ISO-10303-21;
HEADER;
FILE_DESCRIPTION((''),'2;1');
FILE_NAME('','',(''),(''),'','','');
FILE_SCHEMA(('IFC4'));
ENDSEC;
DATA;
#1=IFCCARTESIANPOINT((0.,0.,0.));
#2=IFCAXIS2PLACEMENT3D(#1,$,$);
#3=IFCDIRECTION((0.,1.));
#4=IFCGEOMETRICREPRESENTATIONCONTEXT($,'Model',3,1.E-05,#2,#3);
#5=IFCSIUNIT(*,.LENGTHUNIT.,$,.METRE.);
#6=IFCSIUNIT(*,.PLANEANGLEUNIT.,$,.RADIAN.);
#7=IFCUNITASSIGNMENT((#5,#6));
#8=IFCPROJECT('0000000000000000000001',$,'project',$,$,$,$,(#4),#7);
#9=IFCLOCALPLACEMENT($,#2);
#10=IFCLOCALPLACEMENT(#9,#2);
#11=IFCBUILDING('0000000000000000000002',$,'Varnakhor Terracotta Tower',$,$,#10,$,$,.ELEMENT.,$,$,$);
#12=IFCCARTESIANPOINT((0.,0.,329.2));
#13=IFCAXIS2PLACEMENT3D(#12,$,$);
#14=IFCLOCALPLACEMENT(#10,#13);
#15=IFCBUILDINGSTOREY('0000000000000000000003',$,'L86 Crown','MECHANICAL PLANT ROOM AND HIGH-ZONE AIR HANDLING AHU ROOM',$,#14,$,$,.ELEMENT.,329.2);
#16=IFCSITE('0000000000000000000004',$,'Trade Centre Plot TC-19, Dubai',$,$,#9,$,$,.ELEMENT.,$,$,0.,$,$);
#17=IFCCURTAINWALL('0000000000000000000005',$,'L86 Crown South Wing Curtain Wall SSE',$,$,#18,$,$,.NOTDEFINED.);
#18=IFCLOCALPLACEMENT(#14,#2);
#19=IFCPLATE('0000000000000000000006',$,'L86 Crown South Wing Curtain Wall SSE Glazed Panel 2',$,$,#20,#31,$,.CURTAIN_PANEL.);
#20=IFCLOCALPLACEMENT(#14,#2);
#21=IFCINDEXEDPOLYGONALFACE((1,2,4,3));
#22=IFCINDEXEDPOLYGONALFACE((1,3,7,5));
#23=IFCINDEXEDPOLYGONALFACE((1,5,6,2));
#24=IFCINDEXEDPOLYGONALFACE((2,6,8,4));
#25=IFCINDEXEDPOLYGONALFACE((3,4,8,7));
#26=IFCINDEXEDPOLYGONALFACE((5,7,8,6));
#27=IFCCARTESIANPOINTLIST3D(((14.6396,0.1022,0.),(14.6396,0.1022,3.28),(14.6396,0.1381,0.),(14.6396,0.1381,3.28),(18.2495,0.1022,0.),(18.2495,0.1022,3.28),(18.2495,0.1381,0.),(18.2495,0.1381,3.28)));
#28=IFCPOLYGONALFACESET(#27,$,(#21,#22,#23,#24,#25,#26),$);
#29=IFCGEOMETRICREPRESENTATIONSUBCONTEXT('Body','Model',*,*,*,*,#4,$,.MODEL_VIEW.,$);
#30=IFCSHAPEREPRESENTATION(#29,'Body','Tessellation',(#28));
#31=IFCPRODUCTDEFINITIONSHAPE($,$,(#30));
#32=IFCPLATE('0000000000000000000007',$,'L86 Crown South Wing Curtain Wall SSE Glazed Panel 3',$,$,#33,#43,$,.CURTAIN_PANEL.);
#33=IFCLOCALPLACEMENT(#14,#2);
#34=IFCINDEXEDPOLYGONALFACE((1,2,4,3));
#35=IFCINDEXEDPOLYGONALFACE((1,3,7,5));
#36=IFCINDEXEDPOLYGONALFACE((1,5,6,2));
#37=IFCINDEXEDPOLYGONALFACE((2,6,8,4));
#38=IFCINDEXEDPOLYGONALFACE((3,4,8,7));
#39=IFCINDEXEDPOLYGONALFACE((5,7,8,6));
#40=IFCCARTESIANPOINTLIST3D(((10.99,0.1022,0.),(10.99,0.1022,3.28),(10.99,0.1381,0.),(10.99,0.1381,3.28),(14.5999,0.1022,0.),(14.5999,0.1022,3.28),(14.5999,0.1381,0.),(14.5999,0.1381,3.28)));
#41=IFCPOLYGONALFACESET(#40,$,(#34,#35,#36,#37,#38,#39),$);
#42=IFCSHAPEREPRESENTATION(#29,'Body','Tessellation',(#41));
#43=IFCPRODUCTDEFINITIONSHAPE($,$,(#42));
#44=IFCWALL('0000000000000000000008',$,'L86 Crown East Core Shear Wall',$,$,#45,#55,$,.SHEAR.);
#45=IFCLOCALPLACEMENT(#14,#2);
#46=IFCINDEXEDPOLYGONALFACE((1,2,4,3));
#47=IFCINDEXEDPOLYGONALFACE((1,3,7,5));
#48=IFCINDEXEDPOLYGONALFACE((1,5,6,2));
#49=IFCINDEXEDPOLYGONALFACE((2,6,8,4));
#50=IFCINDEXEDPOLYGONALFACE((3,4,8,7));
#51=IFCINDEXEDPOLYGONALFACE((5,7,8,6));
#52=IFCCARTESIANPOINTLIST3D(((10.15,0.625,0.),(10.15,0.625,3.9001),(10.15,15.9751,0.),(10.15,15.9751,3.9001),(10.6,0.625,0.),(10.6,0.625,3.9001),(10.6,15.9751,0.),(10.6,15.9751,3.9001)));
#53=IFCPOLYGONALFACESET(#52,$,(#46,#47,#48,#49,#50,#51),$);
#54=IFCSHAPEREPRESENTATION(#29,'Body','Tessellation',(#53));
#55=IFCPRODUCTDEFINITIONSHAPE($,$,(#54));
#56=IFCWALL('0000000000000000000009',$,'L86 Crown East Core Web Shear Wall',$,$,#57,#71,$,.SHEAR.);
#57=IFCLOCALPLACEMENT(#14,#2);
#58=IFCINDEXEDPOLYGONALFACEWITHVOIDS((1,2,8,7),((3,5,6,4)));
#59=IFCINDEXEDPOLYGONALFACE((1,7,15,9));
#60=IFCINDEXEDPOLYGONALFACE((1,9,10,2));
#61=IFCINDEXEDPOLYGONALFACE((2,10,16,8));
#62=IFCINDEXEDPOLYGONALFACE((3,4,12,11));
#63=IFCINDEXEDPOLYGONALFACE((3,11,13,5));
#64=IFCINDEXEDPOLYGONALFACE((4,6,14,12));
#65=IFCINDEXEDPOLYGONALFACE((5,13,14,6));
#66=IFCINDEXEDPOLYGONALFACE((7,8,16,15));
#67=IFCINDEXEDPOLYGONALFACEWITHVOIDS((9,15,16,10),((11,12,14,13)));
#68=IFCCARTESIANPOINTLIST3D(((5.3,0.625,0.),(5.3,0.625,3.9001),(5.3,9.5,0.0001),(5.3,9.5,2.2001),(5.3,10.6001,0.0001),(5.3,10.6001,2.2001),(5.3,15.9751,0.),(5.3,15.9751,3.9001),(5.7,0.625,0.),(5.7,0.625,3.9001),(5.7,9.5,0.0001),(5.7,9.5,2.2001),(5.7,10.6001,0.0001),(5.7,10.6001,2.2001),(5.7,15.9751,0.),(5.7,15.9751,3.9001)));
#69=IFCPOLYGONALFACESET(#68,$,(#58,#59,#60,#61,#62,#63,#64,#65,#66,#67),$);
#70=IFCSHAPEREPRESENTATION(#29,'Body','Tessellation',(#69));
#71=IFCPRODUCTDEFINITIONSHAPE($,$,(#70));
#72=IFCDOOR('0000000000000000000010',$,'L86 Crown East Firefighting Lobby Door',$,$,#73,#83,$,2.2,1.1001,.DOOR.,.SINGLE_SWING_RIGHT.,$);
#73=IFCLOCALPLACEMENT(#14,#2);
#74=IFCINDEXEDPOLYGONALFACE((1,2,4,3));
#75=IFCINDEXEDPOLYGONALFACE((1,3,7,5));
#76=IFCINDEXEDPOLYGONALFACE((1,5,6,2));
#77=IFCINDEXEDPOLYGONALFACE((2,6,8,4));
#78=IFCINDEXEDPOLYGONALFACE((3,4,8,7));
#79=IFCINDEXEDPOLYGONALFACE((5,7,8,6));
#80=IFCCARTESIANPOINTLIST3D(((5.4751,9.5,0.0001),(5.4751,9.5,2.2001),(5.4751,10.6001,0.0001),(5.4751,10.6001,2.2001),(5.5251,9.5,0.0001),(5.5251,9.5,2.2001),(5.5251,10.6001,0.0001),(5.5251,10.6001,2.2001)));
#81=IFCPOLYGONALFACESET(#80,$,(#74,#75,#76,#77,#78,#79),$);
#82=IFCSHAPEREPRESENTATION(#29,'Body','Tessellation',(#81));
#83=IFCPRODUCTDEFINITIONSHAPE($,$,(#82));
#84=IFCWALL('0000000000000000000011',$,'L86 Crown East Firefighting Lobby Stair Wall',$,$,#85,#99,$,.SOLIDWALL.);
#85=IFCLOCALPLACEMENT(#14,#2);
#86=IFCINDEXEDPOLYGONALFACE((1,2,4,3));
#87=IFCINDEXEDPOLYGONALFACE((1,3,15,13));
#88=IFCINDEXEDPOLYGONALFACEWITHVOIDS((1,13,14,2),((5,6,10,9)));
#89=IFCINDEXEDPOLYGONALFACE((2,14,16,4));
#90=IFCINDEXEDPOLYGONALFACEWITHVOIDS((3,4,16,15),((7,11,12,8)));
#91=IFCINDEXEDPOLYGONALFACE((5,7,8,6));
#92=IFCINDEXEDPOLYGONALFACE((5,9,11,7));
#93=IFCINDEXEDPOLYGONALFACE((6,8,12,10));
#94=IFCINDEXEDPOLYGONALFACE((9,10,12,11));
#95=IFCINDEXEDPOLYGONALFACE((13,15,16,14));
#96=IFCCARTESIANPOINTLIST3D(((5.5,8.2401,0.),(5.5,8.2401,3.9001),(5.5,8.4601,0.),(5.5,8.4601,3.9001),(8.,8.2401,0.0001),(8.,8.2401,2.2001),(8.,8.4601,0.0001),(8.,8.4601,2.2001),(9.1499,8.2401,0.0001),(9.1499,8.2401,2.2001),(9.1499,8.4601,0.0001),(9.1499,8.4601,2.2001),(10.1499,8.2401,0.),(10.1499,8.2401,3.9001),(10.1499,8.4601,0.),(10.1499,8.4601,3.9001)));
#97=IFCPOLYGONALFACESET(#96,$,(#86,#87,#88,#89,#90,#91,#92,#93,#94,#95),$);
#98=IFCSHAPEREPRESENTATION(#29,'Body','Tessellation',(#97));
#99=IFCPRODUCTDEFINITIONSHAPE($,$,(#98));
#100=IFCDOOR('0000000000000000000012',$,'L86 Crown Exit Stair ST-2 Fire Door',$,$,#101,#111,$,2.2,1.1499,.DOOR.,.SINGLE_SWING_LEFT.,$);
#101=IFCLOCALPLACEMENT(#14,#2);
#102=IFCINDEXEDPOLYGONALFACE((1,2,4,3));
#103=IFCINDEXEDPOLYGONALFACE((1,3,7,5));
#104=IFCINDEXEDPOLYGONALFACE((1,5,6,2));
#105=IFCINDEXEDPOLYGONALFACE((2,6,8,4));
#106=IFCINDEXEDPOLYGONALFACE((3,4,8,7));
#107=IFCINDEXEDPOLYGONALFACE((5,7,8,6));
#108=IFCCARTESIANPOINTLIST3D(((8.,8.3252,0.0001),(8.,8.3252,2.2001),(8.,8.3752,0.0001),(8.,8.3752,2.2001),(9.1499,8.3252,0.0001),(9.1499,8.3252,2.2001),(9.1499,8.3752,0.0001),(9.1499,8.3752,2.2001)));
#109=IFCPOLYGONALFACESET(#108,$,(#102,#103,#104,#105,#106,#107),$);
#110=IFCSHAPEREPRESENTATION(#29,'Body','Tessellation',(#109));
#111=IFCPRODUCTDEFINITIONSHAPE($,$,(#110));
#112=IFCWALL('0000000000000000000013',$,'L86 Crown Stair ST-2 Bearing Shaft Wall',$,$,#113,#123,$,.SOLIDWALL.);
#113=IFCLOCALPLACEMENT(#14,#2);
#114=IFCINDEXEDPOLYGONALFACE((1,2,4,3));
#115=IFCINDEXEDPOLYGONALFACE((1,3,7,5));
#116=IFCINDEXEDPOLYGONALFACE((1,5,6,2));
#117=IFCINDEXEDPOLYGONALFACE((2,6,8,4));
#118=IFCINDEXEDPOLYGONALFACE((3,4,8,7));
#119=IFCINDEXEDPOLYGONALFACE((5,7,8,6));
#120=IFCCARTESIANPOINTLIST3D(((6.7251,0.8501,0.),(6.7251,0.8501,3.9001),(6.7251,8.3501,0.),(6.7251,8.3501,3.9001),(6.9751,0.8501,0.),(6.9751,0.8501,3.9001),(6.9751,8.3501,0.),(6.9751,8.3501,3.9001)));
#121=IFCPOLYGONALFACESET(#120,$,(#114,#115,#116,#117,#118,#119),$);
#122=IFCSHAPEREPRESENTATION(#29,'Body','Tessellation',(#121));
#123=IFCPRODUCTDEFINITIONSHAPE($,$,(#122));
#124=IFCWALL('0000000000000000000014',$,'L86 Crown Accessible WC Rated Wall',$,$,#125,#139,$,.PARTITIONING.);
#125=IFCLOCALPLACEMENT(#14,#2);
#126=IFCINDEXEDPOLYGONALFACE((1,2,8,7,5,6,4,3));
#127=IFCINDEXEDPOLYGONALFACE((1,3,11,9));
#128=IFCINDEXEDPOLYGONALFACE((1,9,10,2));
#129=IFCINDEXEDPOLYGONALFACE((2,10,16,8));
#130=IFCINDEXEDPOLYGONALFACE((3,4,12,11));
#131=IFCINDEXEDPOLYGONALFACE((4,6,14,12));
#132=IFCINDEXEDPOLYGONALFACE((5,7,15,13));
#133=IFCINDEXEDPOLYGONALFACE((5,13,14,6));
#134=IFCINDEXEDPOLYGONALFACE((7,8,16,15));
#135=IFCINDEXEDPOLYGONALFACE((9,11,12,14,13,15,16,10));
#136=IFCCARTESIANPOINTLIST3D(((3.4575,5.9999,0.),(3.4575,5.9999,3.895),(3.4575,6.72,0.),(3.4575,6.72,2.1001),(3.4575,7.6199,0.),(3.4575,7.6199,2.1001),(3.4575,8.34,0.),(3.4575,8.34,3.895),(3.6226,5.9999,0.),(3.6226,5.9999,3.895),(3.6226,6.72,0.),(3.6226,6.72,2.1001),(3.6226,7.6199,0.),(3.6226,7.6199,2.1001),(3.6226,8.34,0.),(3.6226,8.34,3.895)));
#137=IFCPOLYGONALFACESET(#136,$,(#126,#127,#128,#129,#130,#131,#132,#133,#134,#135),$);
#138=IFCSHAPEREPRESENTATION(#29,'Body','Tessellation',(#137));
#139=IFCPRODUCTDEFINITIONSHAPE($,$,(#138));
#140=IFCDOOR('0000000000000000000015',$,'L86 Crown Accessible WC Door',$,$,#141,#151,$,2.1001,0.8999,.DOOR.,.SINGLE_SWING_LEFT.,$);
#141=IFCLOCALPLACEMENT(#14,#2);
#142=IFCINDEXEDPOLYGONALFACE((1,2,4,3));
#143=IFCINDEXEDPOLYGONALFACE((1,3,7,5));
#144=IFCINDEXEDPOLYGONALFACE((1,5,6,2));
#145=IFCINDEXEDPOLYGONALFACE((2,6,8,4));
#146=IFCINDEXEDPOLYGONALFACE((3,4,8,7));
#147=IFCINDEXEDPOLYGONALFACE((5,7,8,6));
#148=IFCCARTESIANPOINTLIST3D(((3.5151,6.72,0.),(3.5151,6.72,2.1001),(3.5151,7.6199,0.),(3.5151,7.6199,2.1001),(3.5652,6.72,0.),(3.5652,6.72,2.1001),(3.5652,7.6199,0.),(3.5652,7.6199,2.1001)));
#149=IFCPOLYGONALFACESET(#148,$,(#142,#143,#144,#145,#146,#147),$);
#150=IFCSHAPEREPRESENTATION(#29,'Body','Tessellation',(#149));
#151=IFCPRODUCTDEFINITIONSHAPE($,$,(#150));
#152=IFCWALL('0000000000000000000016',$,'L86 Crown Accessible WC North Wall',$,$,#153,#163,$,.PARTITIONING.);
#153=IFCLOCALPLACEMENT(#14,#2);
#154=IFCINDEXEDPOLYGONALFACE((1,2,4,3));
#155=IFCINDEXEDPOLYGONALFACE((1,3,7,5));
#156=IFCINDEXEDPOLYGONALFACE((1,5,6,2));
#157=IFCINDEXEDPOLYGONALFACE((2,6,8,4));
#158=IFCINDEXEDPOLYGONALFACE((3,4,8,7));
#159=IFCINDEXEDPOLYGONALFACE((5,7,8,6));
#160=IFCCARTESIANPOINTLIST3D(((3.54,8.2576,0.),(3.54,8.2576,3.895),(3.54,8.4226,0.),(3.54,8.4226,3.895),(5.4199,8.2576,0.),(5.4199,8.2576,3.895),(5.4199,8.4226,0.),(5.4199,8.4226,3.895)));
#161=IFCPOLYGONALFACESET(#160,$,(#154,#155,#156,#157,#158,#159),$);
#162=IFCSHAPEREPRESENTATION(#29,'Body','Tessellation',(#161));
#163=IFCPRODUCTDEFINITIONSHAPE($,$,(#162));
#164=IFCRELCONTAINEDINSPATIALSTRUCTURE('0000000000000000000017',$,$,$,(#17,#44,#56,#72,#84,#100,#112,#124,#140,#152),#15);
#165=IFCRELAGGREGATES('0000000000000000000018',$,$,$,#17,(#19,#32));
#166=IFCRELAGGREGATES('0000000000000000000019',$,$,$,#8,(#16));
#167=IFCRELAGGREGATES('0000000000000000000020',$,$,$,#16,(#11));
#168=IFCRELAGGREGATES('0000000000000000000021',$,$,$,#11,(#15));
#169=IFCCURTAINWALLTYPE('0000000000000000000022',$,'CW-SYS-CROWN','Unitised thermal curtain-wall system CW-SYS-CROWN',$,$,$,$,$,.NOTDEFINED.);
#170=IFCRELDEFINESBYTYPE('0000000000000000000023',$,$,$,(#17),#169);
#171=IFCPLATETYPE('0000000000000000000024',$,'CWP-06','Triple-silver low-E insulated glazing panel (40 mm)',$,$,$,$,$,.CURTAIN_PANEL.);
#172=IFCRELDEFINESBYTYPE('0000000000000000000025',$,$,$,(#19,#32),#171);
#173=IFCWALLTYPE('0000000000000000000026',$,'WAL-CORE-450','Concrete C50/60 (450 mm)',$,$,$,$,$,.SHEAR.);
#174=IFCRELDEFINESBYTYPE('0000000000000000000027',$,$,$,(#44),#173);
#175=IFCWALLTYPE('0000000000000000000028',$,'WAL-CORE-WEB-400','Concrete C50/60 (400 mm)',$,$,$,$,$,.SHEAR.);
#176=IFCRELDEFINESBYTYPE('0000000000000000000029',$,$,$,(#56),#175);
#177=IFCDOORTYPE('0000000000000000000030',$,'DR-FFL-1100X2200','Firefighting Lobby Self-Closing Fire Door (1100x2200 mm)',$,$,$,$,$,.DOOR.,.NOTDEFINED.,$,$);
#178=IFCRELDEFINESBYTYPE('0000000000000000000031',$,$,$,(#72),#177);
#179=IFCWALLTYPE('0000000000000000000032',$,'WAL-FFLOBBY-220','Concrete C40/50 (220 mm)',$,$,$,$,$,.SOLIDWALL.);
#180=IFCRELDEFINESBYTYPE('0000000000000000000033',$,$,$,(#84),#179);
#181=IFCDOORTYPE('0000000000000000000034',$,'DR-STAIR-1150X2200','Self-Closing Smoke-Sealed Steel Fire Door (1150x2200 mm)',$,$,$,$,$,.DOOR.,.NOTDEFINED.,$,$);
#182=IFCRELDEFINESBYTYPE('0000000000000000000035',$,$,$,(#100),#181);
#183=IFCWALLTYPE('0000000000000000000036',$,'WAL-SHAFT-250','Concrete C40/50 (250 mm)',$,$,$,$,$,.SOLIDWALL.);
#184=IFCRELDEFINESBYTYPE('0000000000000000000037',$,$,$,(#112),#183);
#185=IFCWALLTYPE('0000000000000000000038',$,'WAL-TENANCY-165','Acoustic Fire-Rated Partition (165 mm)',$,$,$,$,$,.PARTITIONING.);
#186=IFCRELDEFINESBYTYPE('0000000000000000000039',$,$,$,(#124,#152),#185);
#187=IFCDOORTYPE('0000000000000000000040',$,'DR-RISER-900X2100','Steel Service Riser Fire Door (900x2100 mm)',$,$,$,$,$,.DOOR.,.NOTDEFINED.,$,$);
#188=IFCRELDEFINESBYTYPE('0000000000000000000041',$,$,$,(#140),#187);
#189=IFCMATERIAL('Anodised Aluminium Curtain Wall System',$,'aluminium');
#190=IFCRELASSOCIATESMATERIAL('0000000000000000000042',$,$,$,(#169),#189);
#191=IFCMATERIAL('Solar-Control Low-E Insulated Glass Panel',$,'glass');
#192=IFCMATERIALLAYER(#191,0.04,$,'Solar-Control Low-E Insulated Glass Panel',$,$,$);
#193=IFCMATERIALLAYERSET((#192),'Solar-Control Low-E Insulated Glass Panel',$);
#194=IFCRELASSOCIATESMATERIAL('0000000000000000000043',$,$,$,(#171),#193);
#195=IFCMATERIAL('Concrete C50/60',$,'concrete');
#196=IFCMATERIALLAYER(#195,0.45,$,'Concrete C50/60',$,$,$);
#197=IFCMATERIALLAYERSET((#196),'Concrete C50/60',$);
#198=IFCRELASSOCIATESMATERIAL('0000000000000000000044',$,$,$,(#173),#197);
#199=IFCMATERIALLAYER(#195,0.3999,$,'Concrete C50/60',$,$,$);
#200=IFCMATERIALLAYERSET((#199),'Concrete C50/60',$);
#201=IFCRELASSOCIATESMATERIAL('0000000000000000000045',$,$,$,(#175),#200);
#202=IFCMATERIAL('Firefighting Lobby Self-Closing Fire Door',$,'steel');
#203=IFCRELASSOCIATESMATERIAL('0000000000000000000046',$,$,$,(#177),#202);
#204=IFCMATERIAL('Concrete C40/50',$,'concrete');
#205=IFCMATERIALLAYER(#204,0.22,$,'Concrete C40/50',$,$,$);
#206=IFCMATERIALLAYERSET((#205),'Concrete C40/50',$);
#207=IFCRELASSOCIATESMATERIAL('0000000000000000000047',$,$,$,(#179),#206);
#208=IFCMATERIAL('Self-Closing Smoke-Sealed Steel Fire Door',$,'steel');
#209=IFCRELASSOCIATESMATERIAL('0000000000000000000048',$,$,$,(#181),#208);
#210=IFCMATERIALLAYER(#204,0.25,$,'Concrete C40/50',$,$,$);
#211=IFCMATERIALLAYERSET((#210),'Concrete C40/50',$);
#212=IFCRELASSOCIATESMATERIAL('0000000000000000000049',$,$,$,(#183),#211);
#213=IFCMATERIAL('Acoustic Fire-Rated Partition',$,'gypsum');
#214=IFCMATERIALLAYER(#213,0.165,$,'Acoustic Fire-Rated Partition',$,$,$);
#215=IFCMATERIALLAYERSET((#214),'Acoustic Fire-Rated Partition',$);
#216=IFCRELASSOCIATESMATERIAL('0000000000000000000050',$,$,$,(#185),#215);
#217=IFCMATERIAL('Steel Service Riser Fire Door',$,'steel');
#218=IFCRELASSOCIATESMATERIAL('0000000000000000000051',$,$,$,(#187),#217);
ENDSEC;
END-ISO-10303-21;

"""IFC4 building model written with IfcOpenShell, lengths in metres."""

from ifc_helpers import new_model, si_unit, direction, frame, frame_2d, origin, origin_2d, place, context, subcontext, project, spatial, rectangle, extrude, source, transform, mapped, material, layer, layer_set, type_object, type_shapes, element, fill, aggregate, save


model = new_model("IFC4")

# Units and contexts
model_context = context("Model", 3, precision=1e-05, world=origin(), true_north=direction((0.0, 1.0)))
body_context = subcontext(model_context, "Body", "Model", "MODEL_VIEW")
ifc_project = project(units=[si_unit("LENGTHUNIT", "METRE"), si_unit("PLANEANGLEUNIT", "RADIAN")], contexts=[model_context])

# Site, building, storey
site_placement = place(None, origin())
site = spatial("IfcSite", under=ifc_project, at=site_placement, Name="Trade Centre Plot TC-19, Dubai", CompositionType="ELEMENT", RefElevation=0.0)
building_placement = place(site_placement, origin())
building = spatial("IfcBuilding", under=site, at=building_placement, Name="Varnakhor Terracotta Tower", CompositionType="ELEMENT")
storey_placement = place(building_placement, frame((0.0, 0.0, 329.2)))
storey = spatial("IfcBuildingStorey", under=building, at=storey_placement, Name="L86 Crown", Description="MECHANICAL PLANT ROOM AND HIGH-ZONE AIR HANDLING AHU ROOM", CompositionType="ELEMENT", Elevation=329.2)

# Shared definitions
ifc_material_1 = material(Name="Concrete C50/60", Category="concrete")

# Curtain wall
ifc_material_2 = material(Name="Anodised Aluminium Curtain Wall System", Category="aluminium")
curtain_wall_type = type_object("IfcCurtainWallType", Name="CW-SYS-CROWN", Description="Unitised thermal curtain-wall system CW-SYS-CROWN", PredefinedType="NOTDEFINED", material=ifc_material_2)
curtain_wall_placement = place(storey_placement, origin())
curtain_wall = element("IfcCurtainWall", 1, at=curtain_wall_placement, inside=storey, type_object=curtain_wall_type, Name="L86 Crown South Wing Curtain Wall SSE", PredefinedType="NOTDEFINED")

# Shared definitions
ifc_material_3 = material(Name="Concrete C40/50", Category="concrete")

# Plates
ifc_material_4 = material(Name="Solar-Control Low-E Insulated Glass Panel", Category="glass")
ifc_layer_1 = layer(ifc_material_4, 0.04, Name="Solar-Control Low-E Insulated Glass Panel")
ifc_layer_set_1 = layer_set([ifc_layer_1], Name="Solar-Control Low-E Insulated Glass Panel")
plate_type = type_object("IfcPlateType", Name="CWP-06", Description="Triple-silver low-E insulated glazing panel (40 mm)", PredefinedType="CURTAIN_PANEL", material=ifc_layer_set_1)
shared_shape_1 = source(origin(), body_context, "Body", "SweptSolid", [
    extrude(rectangle(XDim=3.6099, YDim=0.0359, at=origin_2d()), origin(), (0.0, 0.0, 1.0), 3.28),
])
plate_1_placement = place(storey_placement, frame((16.4446, 0.1201, 0.0), z_axis=(0.0, 0.0, 1.0), x_axis=(-1.0, 0.0, 0.0)))
plate_1 = element("IfcPlate", 2, at=plate_1_placement, type_object=plate_type, Name="L86 Crown South Wing Curtain Wall SSE Glazed Panel 2", PredefinedType="CURTAIN_PANEL", context=body_context, shape_type="MappedRepresentation", body=[
    mapped(shared_shape_1, transform((0.0, 0.0, 0.0), scale=1.0)),
])
plate_2_placement = place(storey_placement, frame((12.7949, 0.1201, 0.0), z_axis=(0.0, 0.0, 1.0), x_axis=(-1.0, 0.0, 0.0)))
plate_2 = element("IfcPlate", 3, at=plate_2_placement, type_object=plate_type, Name="L86 Crown South Wing Curtain Wall SSE Glazed Panel 3", PredefinedType="CURTAIN_PANEL", context=body_context, shape_type="MappedRepresentation", body=[
    mapped(shared_shape_1, transform((0.0, 0.0, 0.0), scale=1.0)),
])
aggregate(curtain_wall, [plate_1, plate_2])

# Wall
ifc_layer_2 = layer(ifc_material_1, 0.45, Name="Concrete C50/60")
ifc_layer_set_2 = layer_set([ifc_layer_2], Name="Concrete C50/60")
wall_type_1 = type_object("IfcWallType", Name="WAL-CORE-450", Description="Concrete C50/60 (450 mm)", PredefinedType="SHEAR", material=ifc_layer_set_2)
wall_1_placement = place(storey_placement, frame((10.375, 0.625, 0.0), z_axis=(0.0, 0.0, 1.0), x_axis=(0.0, 1.0, 0.0)))
element("IfcWall", 4, at=wall_1_placement, inside=storey, type_object=wall_type_1, Name="L86 Crown East Core Shear Wall", PredefinedType="SHEAR", context=body_context, shape_type="SweptSolid", body=[
    extrude(rectangle(XDim=15.3501, YDim=0.45, at=frame_2d((7.675, 0.0))), origin(), (0.0, 0.0, 1.0), 3.9001),
])

# Walls, openings, doors
ifc_layer_3 = layer(ifc_material_1, 0.3999, Name="Concrete C50/60")
ifc_layer_set_3 = layer_set([ifc_layer_3], Name="Concrete C50/60")
wall_type_2 = type_object("IfcWallType", Name="WAL-CORE-WEB-400", Description="Concrete C50/60 (400 mm)", PredefinedType="SHEAR", material=ifc_layer_set_3)
wall_2_placement = place(storey_placement, frame((5.5, 0.625, 0.0), z_axis=(0.0, 0.0, 1.0), x_axis=(0.0, 1.0, 0.0)))
wall_2 = element("IfcWall", 5, at=wall_2_placement, inside=storey, type_object=wall_type_2, Name="L86 Crown East Core Web Shear Wall", PredefinedType="SHEAR", context=body_context, shape_type="SweptSolid", body=[
    extrude(rectangle(XDim=15.3501, YDim=0.3999, at=frame_2d((7.675, 0.0))), origin(), (0.0, 0.0, 1.0), 3.9001),
])
opening_1_placement = place(wall_2_placement, frame((8.875, 0.0, 0.0)))
opening_1 = element("IfcOpeningElement", 6, at=opening_1_placement, cuts=wall_2, PredefinedType="OPENING", context=body_context, shape_type="SweptSolid", body=[
    extrude(rectangle(XDim=1.1001, YDim=2.2, at=frame_2d((0.55, 1.1001))), frame((0.0, 0.21, 0.0), z_axis=(0.0, -1.0, 0.0), x_axis=(1.0, 0.0, 0.0)), (0.0, 0.0, 1.0), 0.4199),
])
ifc_material_5 = material(Name="Firefighting Lobby Self-Closing Fire Door", Category="steel")
door_type_1 = type_object("IfcDoorType", Name="DR-FFL-1100X2200", Description="Firefighting Lobby Self-Closing Fire Door (1100x2200 mm)", OperationType="NOTDEFINED", PredefinedType="DOOR", material=ifc_material_5)
shared_shape_2 = source(origin(), body_context, "Body", "SweptSolid", [
    extrude(rectangle(XDim=1.1001, YDim=2.2, at=frame_2d((0.55, 1.1001))), frame((0.0, 0.0249, 0.0), z_axis=(0.0, -1.0, 0.0), x_axis=(1.0, 0.0, 0.0)), (0.0, 0.0, 1.0), 0.05),
])
type_shapes(door_type_1, [shared_shape_2])
door_1_placement = place(opening_1_placement, origin())
door_1 = element("IfcDoor", 7, at=door_1_placement, inside=storey, type_object=door_type_1, Name="L86 Crown East Firefighting Lobby Door", OperationType="SINGLE_SWING_RIGHT", OverallHeight=2.2, OverallWidth=1.1001, PredefinedType="DOOR", context=body_context, shape_type="MappedRepresentation", body=[
    mapped(shared_shape_2, transform((0.0, 0.0, 0.0), scale=1.0)),
])
fill(opening_1, door_1)
ifc_layer_4 = layer(ifc_material_3, 0.22, Name="Concrete C40/50")
ifc_layer_set_4 = layer_set([ifc_layer_4], Name="Concrete C40/50")
wall_type_3 = type_object("IfcWallType", Name="WAL-FFLOBBY-220", Description="Concrete C40/50 (220 mm)", PredefinedType="SOLIDWALL", material=ifc_layer_set_4)
wall_3_placement = place(storey_placement, frame((10.1499, 8.3501, 0.0), z_axis=(0.0, 0.0, 1.0), x_axis=(-1.0, 0.0, 0.0)))
wall_3 = element("IfcWall", 8, at=wall_3_placement, inside=storey, type_object=wall_type_3, Name="L86 Crown East Firefighting Lobby Stair Wall", PredefinedType="SOLIDWALL", context=body_context, shape_type="SweptSolid", body=[
    extrude(rectangle(XDim=4.6499, YDim=0.22, at=frame_2d((2.325, 0.0))), origin(), (0.0, 0.0, 1.0), 3.9001),
])
opening_2_placement = place(wall_3_placement, frame((1.0, 0.0, 0.0)))
opening_2 = element("IfcOpeningElement", 9, at=opening_2_placement, cuts=wall_3, PredefinedType="OPENING", context=body_context, shape_type="SweptSolid", body=[
    extrude(rectangle(XDim=1.1499, YDim=2.2, at=frame_2d((0.575, 1.1001))), frame((0.0, 0.1201, 0.0), z_axis=(0.0, -1.0, 0.0), x_axis=(1.0, 0.0, 0.0)), (0.0, 0.0, 1.0), 0.24),
])
ifc_material_6 = material(Name="Self-Closing Smoke-Sealed Steel Fire Door", Category="steel")
door_type_2 = type_object("IfcDoorType", Name="DR-STAIR-1150X2200", Description="Self-Closing Smoke-Sealed Steel Fire Door (1150x2200 mm)", OperationType="NOTDEFINED", PredefinedType="DOOR", material=ifc_material_6)
shared_shape_3 = source(origin(), body_context, "Body", "SweptSolid", [
    extrude(rectangle(XDim=1.1499, YDim=2.2, at=frame_2d((0.575, 1.1001))), frame((0.0, 0.0249, 0.0), z_axis=(0.0, -1.0, 0.0), x_axis=(1.0, 0.0, 0.0)), (0.0, 0.0, 1.0), 0.05),
])
type_shapes(door_type_2, [shared_shape_3])
door_2_placement = place(opening_2_placement, origin())
door_2 = element("IfcDoor", 10, at=door_2_placement, inside=storey, type_object=door_type_2, Name="L86 Crown Exit Stair ST-2 Fire Door", OperationType="SINGLE_SWING_LEFT", OverallHeight=2.2, OverallWidth=1.1499, PredefinedType="DOOR", context=body_context, shape_type="MappedRepresentation", body=[
    mapped(shared_shape_3, transform((0.0, 0.0, 0.0), scale=1.0)),
])
fill(opening_2, door_2)

# Wall
ifc_layer_5 = layer(ifc_material_3, 0.25, Name="Concrete C40/50")
ifc_layer_set_5 = layer_set([ifc_layer_5], Name="Concrete C40/50")
wall_type_4 = type_object("IfcWallType", Name="WAL-SHAFT-250", Description="Concrete C40/50 (250 mm)", PredefinedType="SOLIDWALL", material=ifc_layer_set_5)
wall_4_placement = place(storey_placement, frame((6.8501, 0.8501, 0.0), z_axis=(0.0, 0.0, 1.0), x_axis=(0.0, 1.0, 0.0)))
element("IfcWall", 11, at=wall_4_placement, inside=storey, type_object=wall_type_4, Name="L86 Crown Stair ST-2 Bearing Shaft Wall", PredefinedType="SOLIDWALL", context=body_context, shape_type="SweptSolid", body=[
    extrude(rectangle(XDim=7.5, YDim=0.25, at=frame_2d((3.75, 0.0))), origin(), (0.0, 0.0, 1.0), 3.9001),
])

# Wall, opening, door
ifc_material_7 = material(Name="Acoustic Fire-Rated Partition", Category="gypsum")
ifc_layer_6 = layer(ifc_material_7, 0.165, Name="Acoustic Fire-Rated Partition")
ifc_layer_set_6 = layer_set([ifc_layer_6], Name="Acoustic Fire-Rated Partition")
wall_type_5 = type_object("IfcWallType", Name="WAL-TENANCY-165", Description="Acoustic Fire-Rated Partition (165 mm)", PredefinedType="PARTITIONING", material=ifc_layer_set_6)
wall_5_placement = place(storey_placement, frame((3.54, 6.0, 0.0), z_axis=(0.0, 0.0, 1.0), x_axis=(0.0, 1.0, 0.0)))
wall_5 = element("IfcWall", 12, at=wall_5_placement, inside=storey, type_object=wall_type_5, Name="L86 Crown Accessible WC Rated Wall", PredefinedType="PARTITIONING", context=body_context, shape_type="SweptSolid", body=[
    extrude(rectangle(XDim=2.3401, YDim=0.165, at=frame_2d((1.1699, 0.0))), origin(), (0.0, 0.0, 1.0), 3.895),
])
opening_3_placement = place(wall_5_placement, frame((0.72, 0.0, 0.0)))
opening_3 = element("IfcOpeningElement", 13, at=opening_3_placement, cuts=wall_5, PredefinedType="OPENING", context=body_context, shape_type="SweptSolid", body=[
    extrude(rectangle(XDim=0.8999, YDim=2.1001, at=frame_2d((0.45, 1.05))), frame((0.0, 0.0925, 0.0), z_axis=(0.0, -1.0, 0.0), x_axis=(1.0, 0.0, 0.0)), (0.0, 0.0, 1.0), 0.1851),
])
ifc_material_8 = material(Name="Steel Service Riser Fire Door", Category="steel")
door_type_3 = type_object("IfcDoorType", Name="DR-RISER-900X2100", Description="Steel Service Riser Fire Door (900x2100 mm)", OperationType="NOTDEFINED", PredefinedType="DOOR", material=ifc_material_8)
shared_shape_4 = source(origin(), body_context, "Body", "SweptSolid", [
    extrude(rectangle(XDim=0.8999, YDim=2.1001, at=frame_2d((0.45, 1.05))), frame((0.0, 0.0249, 0.0), z_axis=(0.0, -1.0, 0.0), x_axis=(1.0, 0.0, 0.0)), (0.0, 0.0, 1.0), 0.05),
])
type_shapes(door_type_3, [shared_shape_4])
door_3_placement = place(opening_3_placement, origin())
door_3 = element("IfcDoor", 14, at=door_3_placement, inside=storey, type_object=door_type_3, Name="L86 Crown Accessible WC Door", OperationType="SINGLE_SWING_LEFT", OverallHeight=2.1001, OverallWidth=0.8999, PredefinedType="DOOR", context=body_context, shape_type="MappedRepresentation", body=[
    mapped(shared_shape_4, transform((0.0, 0.0, 0.0), scale=1.0)),
])
fill(opening_3, door_3)

# Wall
wall_6_placement = place(storey_placement, frame((3.54, 8.3401, 0.0), z_axis=(0.0, 0.0, 1.0), x_axis=(1.0, 0.0, 0.0)))
element("IfcWall", 15, at=wall_6_placement, inside=storey, type_object=wall_type_5, Name="L86 Crown Accessible WC North Wall", PredefinedType="PARTITIONING", context=body_context, shape_type="SweptSolid", body=[
    extrude(rectangle(XDim=1.8799, YDim=0.165, at=frame_2d((0.9399, 0.0))), origin(), (0.0, 0.0, 1.0), 3.895),
])

save(model, "model.ifc")
